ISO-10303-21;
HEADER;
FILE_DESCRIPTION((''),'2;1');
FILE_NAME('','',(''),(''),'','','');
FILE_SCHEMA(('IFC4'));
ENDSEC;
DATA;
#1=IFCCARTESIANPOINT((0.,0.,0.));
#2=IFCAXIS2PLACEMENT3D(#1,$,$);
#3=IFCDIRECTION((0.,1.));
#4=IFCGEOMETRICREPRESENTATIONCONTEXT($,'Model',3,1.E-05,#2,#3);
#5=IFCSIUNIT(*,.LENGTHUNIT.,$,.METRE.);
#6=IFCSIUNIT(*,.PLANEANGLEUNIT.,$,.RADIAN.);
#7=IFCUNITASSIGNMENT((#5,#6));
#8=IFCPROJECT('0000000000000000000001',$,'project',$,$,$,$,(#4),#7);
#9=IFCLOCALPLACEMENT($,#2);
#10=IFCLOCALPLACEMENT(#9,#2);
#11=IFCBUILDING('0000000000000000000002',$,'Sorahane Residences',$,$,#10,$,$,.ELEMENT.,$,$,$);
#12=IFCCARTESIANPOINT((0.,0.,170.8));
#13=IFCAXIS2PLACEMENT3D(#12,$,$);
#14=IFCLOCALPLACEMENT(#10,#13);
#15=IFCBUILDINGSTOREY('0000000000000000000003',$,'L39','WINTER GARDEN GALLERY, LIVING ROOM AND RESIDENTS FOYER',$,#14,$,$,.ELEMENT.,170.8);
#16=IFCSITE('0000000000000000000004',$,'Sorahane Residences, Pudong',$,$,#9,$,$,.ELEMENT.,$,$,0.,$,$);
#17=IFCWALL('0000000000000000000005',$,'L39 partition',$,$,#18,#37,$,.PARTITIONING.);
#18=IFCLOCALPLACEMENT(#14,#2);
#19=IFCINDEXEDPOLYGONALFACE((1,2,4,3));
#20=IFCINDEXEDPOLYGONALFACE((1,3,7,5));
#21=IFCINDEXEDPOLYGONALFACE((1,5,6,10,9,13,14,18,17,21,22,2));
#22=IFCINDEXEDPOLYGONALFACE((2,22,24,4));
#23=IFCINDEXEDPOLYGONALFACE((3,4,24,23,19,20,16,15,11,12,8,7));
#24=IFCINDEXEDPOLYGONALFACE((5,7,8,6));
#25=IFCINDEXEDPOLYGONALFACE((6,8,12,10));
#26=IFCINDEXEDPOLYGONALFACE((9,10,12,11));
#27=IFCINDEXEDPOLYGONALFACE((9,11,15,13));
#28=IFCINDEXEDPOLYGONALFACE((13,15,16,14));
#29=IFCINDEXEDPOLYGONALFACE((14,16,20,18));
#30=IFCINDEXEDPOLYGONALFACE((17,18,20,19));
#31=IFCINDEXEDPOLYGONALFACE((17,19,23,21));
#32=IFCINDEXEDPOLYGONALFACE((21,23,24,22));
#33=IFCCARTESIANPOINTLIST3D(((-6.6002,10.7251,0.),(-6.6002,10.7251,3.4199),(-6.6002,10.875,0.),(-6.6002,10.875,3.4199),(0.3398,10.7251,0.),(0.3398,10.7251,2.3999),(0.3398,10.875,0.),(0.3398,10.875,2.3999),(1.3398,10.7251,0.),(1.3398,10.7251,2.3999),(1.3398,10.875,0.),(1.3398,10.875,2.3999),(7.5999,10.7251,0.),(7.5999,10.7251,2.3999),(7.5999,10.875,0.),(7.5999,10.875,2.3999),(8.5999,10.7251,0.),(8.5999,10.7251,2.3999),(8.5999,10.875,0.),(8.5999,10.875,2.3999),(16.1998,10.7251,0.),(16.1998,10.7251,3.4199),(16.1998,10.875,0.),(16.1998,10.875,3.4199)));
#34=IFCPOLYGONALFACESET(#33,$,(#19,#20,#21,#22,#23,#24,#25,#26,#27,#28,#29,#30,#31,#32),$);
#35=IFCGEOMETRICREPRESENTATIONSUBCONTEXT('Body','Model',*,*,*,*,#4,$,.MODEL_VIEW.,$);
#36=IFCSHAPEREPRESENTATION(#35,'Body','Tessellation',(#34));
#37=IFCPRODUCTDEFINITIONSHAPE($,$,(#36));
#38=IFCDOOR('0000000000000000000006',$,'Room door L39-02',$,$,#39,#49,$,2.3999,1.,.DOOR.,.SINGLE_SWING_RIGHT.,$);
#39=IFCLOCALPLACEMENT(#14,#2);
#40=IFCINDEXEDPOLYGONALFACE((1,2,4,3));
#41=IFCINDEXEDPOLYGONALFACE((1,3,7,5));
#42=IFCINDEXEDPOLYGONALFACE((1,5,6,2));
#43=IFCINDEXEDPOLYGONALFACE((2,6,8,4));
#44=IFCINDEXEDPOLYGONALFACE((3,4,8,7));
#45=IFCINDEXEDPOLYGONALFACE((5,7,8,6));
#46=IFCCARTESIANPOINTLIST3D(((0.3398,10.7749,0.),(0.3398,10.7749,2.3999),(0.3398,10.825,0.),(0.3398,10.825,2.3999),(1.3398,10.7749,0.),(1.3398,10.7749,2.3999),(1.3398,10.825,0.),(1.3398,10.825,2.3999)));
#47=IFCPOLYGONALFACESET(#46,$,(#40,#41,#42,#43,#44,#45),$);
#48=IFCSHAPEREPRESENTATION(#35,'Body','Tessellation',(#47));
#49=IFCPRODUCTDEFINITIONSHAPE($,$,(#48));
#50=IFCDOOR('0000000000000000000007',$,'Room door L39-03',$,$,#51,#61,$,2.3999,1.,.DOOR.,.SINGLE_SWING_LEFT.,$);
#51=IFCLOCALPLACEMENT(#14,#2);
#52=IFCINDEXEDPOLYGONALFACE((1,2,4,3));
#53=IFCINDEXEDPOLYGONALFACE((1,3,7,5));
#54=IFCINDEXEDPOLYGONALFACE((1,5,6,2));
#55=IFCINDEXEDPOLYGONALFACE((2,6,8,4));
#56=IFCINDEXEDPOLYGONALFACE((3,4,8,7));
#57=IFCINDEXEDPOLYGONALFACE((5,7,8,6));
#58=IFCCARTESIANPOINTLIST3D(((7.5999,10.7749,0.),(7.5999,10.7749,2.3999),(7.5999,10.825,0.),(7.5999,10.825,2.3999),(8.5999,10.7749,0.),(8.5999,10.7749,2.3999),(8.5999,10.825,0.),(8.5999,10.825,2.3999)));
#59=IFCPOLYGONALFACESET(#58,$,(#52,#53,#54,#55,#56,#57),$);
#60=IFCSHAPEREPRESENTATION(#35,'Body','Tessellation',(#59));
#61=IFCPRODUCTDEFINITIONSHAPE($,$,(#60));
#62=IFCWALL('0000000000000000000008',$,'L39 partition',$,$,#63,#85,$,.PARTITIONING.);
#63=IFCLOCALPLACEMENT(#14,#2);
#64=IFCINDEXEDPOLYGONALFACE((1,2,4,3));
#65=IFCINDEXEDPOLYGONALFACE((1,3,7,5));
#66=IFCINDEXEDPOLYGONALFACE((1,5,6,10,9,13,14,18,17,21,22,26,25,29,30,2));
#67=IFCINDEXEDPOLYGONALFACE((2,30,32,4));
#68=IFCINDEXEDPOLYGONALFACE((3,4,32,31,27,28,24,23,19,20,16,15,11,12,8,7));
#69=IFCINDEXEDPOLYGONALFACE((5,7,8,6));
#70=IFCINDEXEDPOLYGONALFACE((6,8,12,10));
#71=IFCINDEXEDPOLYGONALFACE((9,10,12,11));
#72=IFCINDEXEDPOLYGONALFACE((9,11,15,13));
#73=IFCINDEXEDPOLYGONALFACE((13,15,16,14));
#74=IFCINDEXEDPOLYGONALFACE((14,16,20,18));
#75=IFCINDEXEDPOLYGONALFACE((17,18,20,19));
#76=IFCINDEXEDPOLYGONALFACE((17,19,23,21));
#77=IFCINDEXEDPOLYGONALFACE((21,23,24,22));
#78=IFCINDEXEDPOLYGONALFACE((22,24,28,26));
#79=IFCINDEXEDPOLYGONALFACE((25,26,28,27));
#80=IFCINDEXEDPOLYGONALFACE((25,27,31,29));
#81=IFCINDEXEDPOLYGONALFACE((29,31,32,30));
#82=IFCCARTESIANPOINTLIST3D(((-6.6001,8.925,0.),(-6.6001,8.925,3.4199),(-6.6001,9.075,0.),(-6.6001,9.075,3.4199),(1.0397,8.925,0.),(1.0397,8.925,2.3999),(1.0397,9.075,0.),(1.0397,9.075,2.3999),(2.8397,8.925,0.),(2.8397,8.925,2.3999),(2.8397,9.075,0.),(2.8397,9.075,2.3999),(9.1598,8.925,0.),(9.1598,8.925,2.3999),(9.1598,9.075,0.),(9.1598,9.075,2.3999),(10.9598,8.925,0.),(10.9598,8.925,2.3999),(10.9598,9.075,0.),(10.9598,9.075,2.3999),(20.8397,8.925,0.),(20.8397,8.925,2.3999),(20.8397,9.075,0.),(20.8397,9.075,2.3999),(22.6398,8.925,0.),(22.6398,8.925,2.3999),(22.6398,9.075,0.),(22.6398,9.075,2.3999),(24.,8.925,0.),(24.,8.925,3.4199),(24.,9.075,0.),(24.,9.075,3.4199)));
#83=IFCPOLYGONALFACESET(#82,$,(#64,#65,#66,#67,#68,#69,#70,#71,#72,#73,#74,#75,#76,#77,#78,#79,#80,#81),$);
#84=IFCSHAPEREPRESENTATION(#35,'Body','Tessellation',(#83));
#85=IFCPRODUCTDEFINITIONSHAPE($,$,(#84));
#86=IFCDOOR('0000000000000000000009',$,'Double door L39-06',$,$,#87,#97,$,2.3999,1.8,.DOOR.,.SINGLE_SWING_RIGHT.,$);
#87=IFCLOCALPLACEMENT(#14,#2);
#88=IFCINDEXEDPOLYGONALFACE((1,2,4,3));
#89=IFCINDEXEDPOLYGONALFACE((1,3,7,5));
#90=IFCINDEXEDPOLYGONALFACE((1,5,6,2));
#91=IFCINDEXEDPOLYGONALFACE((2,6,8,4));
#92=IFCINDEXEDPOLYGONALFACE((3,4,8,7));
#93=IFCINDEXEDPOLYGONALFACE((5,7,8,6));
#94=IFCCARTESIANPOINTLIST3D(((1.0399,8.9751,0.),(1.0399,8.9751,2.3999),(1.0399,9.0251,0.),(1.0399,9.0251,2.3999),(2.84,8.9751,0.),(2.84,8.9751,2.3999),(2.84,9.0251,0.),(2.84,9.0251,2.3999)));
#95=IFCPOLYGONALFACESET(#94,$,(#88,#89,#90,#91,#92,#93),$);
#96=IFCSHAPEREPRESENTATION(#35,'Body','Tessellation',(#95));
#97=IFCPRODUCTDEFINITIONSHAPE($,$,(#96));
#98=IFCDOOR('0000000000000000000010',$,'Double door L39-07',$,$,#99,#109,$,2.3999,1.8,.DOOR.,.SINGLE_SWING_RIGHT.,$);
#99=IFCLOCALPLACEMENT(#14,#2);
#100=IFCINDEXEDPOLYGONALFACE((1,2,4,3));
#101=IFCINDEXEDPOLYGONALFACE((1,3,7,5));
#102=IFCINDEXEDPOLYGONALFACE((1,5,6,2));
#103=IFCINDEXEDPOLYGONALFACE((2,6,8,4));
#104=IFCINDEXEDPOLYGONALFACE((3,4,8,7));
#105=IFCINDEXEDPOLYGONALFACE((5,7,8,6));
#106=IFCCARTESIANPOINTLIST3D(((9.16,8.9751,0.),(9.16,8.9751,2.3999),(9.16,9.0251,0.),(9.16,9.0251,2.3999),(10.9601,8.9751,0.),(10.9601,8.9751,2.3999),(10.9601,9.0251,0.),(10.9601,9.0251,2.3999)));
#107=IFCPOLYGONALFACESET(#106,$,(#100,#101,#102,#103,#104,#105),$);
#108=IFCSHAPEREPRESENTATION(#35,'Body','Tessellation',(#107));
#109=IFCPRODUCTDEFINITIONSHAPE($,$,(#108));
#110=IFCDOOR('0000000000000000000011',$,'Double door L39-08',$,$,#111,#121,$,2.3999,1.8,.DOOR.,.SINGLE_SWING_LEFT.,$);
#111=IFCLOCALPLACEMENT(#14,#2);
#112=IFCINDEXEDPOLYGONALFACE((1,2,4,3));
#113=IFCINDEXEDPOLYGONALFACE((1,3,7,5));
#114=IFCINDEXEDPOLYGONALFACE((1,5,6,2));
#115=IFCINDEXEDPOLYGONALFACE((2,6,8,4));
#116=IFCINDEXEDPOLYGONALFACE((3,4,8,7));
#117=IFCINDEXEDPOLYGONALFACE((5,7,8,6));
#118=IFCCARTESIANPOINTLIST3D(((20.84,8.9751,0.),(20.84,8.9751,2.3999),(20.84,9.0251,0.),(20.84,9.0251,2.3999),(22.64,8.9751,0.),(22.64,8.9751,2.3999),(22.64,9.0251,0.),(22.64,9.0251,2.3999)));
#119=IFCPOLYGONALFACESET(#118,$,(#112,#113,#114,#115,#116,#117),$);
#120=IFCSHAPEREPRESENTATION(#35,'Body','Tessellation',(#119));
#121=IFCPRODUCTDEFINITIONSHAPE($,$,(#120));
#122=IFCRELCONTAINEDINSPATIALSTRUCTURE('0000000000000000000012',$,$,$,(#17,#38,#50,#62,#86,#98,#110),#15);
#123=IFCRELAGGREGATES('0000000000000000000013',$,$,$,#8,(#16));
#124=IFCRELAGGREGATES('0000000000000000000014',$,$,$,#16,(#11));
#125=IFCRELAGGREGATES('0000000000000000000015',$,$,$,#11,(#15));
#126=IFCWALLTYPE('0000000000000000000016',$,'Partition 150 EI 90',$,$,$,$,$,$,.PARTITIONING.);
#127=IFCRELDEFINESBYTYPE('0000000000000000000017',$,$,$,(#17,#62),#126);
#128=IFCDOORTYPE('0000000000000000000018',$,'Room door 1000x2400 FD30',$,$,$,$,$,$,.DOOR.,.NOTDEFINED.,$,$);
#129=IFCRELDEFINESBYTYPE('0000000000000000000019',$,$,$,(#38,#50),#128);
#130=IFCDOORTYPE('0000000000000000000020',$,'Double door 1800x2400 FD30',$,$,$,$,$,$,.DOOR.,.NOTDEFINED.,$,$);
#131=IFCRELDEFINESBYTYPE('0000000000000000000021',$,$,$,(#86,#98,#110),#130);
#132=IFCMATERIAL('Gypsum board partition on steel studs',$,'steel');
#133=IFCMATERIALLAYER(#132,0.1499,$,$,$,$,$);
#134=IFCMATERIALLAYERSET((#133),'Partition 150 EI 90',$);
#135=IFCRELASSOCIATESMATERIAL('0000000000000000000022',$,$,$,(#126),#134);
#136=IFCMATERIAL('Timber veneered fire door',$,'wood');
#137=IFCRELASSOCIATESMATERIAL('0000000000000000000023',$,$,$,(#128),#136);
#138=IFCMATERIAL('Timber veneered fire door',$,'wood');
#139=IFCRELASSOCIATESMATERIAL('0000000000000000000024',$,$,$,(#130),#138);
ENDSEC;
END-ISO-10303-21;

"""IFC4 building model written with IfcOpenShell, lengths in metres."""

from ifc_helpers import new_model, si_unit, direction, frame, frame_2d, origin, place, context, subcontext, project, spatial, rectangle, extrude, material, layer, layer_set, type_object, element, fill, save


model = new_model("IFC4")

# Units and contexts
model_context = context("Model", 3, precision=1e-05, world=origin(), true_north=direction((0.0, 1.0)))
body_context = subcontext(model_context, "Body", "Model", "MODEL_VIEW")
ifc_project = project(units=[si_unit("LENGTHUNIT", "METRE"), si_unit("PLANEANGLEUNIT", "RADIAN")], contexts=[model_context])

# Site, building, storey
site_placement = place(None, origin())
site = spatial("IfcSite", under=ifc_project, at=site_placement, Name="Sorahane Residences, Pudong", CompositionType="ELEMENT", RefElevation=0.0)
building_placement = place(site_placement, origin())
building = spatial("IfcBuilding", under=site, at=building_placement, Name="Sorahane Residences", CompositionType="ELEMENT")
storey_placement = place(building_placement, frame((0.0, 0.0, 170.8)))
storey = spatial("IfcBuildingStorey", under=building, at=storey_placement, Name="L39", Description="WINTER GARDEN GALLERY, LIVING ROOM AND RESIDENTS FOYER", CompositionType="ELEMENT", Elevation=170.8)

# Shared definitions
ifc_material_1 = material(Name="Gypsum board partition on steel studs", Category="steel")
ifc_layer_1 = layer(ifc_material_1, 0.1499)
ifc_layer_set_1 = layer_set([ifc_layer_1], Name="Partition 150 EI 90")
wall_type = type_object("IfcWallType", Name="Partition 150 EI 90", PredefinedType="PARTITIONING", material=ifc_layer_set_1)

# Walls, openings, doors
wall_1_placement = place(storey_placement, frame((-6.6001, 10.8, 0.0), z_axis=(0.0, 0.0, 1.0), x_axis=(1.0, 0.0, 0.0)))
wall_1 = element("IfcWall", 1, at=wall_1_placement, inside=storey, type_object=wall_type, Name="L39 partition", PredefinedType="PARTITIONING", context=body_context, shape_type="SweptSolid", body=[
    extrude(rectangle(XDim=22.8, YDim=0.1499, at=frame_2d((11.3999, 0.0))), origin(), (0.0, 0.0, 1.0), 3.4199),
])
opening_1_placement = place(wall_1_placement, frame((6.9399, 0.0, 0.0)))
opening_1 = element("IfcOpeningElement", 2, at=opening_1_placement, cuts=wall_1, PredefinedType="OPENING", context=body_context, shape_type="SweptSolid", body=[
    extrude(rectangle(XDim=1.0, YDim=2.3999, at=frame_2d((0.5, 1.2))), frame((0.0, 0.085, 0.0), z_axis=(0.0, -1.0, 0.0), x_axis=(1.0, 0.0, 0.0)), (0.0, 0.0, 1.0), 0.1699),
])
opening_2_placement = place(wall_1_placement, frame((14.2, 0.0, 0.0)))
opening_2 = element("IfcOpeningElement", 3, at=opening_2_placement, cuts=wall_1, PredefinedType="OPENING", context=body_context, shape_type="SweptSolid", body=[
    extrude(rectangle(XDim=1.0, YDim=2.3999, at=frame_2d((0.5, 1.2))), frame((0.0, 0.085, 0.0), z_axis=(0.0, -1.0, 0.0), x_axis=(1.0, 0.0, 0.0)), (0.0, 0.0, 1.0), 0.1699),
])
ifc_material_2 = material(Name="Timber veneered fire door", Category="wood")
door_type_1 = type_object("IfcDoorType", Name="Room door 1000x2400 FD30", OperationType="NOTDEFINED", PredefinedType="DOOR", material=ifc_material_2)
door_1_placement = place(opening_1_placement, origin())
door_1 = element("IfcDoor", 4, at=door_1_placement, inside=storey, type_object=door_type_1, Name="Room door L39-02", OperationType="SINGLE_SWING_RIGHT", OverallHeight=2.3999, OverallWidth=1.0, PredefinedType="DOOR", context=body_context, shape_type="SweptSolid", body=[
    extrude(rectangle(XDim=1.0, YDim=2.3999, at=frame_2d((0.5, 1.2))), frame((0.0, 0.0249, 0.0), z_axis=(0.0, -1.0, 0.0), x_axis=(1.0, 0.0, 0.0)), (0.0, 0.0, 1.0), 0.05),
])
fill(opening_1, door_1)
door_2_placement = place(opening_2_placement, origin())
door_2 = element("IfcDoor", 5, at=door_2_placement, inside=storey, type_object=door_type_1, Name="Room door L39-03", OperationType="SINGLE_SWING_LEFT", OverallHeight=2.3999, OverallWidth=1.0, PredefinedType="DOOR", context=body_context, shape_type="SweptSolid", body=[
    extrude(rectangle(XDim=1.0, YDim=2.3999, at=frame_2d((0.5, 1.2))), frame((0.0, 0.0249, 0.0), z_axis=(0.0, -1.0, 0.0), x_axis=(1.0, 0.0, 0.0)), (0.0, 0.0, 1.0), 0.05),
])
fill(opening_2, door_2)
wall_2_placement = place(storey_placement, frame((-6.6001, 9.0, 0.0), z_axis=(0.0, 0.0, 1.0), x_axis=(1.0, 0.0, 0.0)))
wall_2 = element("IfcWall", 6, at=wall_2_placement, inside=storey, type_object=wall_type, Name="L39 partition", PredefinedType="PARTITIONING", context=body_context, shape_type="SweptSolid", body=[
    extrude(rectangle(XDim=30.6001, YDim=0.1499, at=frame_2d((15.3, 0.0))), origin(), (0.0, 0.0, 1.0), 3.4199),
])
opening_3_placement = place(wall_2_placement, frame((7.6399, 0.0, 0.0)))
opening_3 = element("IfcOpeningElement", 7, at=opening_3_placement, cuts=wall_2, PredefinedType="OPENING", context=body_context, shape_type="SweptSolid", body=[
    extrude(rectangle(XDim=1.8, YDim=2.3999, at=frame_2d((0.8999, 1.2))), frame((0.0, 0.085, 0.0), z_axis=(0.0, -1.0, 0.0), x_axis=(1.0, 0.0, 0.0)), (0.0, 0.0, 1.0), 0.1699),
])
opening_4_placement = place(wall_2_placement, frame((15.76, 0.0, 0.0)))
opening_4 = element("IfcOpeningElement", 8, at=opening_4_placement, cuts=wall_2, PredefinedType="OPENING", context=body_context, shape_type="SweptSolid", body=[
    extrude(rectangle(XDim=1.8, YDim=2.3999, at=frame_2d((0.8999, 1.2))), frame((0.0, 0.085, 0.0), z_axis=(0.0, -1.0, 0.0), x_axis=(1.0, 0.0, 0.0)), (0.0, 0.0, 1.0), 0.1699),
])
opening_5_placement = place(wall_2_placement, frame((27.4399, 0.0, 0.0)))
opening_5 = element("IfcOpeningElement", 9, at=opening_5_placement, cuts=wall_2, PredefinedType="OPENING", context=body_context, shape_type="SweptSolid", body=[
    extrude(rectangle(XDim=1.8, YDim=2.3999, at=frame_2d((0.8999, 1.2))), frame((0.0, 0.085, 0.0), z_axis=(0.0, -1.0, 0.0), x_axis=(1.0, 0.0, 0.0)), (0.0, 0.0, 1.0), 0.1699),
])
ifc_material_3 = material(Name="Timber veneered fire door", Category="wood")
door_type_2 = type_object("IfcDoorType", Name="Double door 1800x2400 FD30", OperationType="NOTDEFINED", PredefinedType="DOOR", material=ifc_material_3)
door_3_placement = place(opening_3_placement, frame((1.8, 0.0, 0.0), z_axis=(0.0, 0.0, 1.0), x_axis=(-1.0, 0.0, 0.0)))
door_3 = element("IfcDoor", 10, at=door_3_placement, inside=storey, type_object=door_type_2, Name="Double door L39-06", OperationType="SINGLE_SWING_RIGHT", OverallHeight=2.3999, OverallWidth=1.8, PredefinedType="DOOR", context=body_context, shape_type="SweptSolid", body=[
    extrude(rectangle(XDim=1.8, YDim=2.3999, at=frame_2d((0.8999, 1.2))), frame((0.0, 0.0249, 0.0), z_axis=(0.0, -1.0, 0.0), x_axis=(1.0, 0.0, 0.0)), (0.0, 0.0, 1.0), 0.05),
])
fill(opening_3, door_3)
door_4_placement = place(opening_4_placement, frame((1.8, 0.0, 0.0), z_axis=(0.0, 0.0, 1.0), x_axis=(-1.0, 0.0, 0.0)))
door_4 = element("IfcDoor", 11, at=door_4_placement, inside=storey, type_object=door_type_2, Name="Double door L39-07", OperationType="SINGLE_SWING_RIGHT", OverallHeight=2.3999, OverallWidth=1.8, PredefinedType="DOOR", context=body_context, shape_type="SweptSolid", body=[
    extrude(rectangle(XDim=1.8, YDim=2.3999, at=frame_2d((0.8999, 1.2))), frame((0.0, 0.0249, 0.0), z_axis=(0.0, -1.0, 0.0), x_axis=(1.0, 0.0, 0.0)), (0.0, 0.0, 1.0), 0.05),
])
fill(opening_4, door_4)
door_5_placement = place(opening_5_placement, frame((1.8, 0.0, 0.0), z_axis=(0.0, 0.0, 1.0), x_axis=(-1.0, 0.0, 0.0)))
door_5 = element("IfcDoor", 12, at=door_5_placement, inside=storey, type_object=door_type_2, Name="Double door L39-08", OperationType="SINGLE_SWING_LEFT", OverallHeight=2.3999, OverallWidth=1.8, PredefinedType="DOOR", context=body_context, shape_type="SweptSolid", body=[
    extrude(rectangle(XDim=1.8, YDim=2.3999, at=frame_2d((0.8999, 1.2))), frame((0.0, 0.0249, 0.0), z_axis=(0.0, -1.0, 0.0), x_axis=(1.0, 0.0, 0.0)), (0.0, 0.0, 1.0), 0.05),
])
fill(opening_5, door_5)

save(model, "model.ifc")
